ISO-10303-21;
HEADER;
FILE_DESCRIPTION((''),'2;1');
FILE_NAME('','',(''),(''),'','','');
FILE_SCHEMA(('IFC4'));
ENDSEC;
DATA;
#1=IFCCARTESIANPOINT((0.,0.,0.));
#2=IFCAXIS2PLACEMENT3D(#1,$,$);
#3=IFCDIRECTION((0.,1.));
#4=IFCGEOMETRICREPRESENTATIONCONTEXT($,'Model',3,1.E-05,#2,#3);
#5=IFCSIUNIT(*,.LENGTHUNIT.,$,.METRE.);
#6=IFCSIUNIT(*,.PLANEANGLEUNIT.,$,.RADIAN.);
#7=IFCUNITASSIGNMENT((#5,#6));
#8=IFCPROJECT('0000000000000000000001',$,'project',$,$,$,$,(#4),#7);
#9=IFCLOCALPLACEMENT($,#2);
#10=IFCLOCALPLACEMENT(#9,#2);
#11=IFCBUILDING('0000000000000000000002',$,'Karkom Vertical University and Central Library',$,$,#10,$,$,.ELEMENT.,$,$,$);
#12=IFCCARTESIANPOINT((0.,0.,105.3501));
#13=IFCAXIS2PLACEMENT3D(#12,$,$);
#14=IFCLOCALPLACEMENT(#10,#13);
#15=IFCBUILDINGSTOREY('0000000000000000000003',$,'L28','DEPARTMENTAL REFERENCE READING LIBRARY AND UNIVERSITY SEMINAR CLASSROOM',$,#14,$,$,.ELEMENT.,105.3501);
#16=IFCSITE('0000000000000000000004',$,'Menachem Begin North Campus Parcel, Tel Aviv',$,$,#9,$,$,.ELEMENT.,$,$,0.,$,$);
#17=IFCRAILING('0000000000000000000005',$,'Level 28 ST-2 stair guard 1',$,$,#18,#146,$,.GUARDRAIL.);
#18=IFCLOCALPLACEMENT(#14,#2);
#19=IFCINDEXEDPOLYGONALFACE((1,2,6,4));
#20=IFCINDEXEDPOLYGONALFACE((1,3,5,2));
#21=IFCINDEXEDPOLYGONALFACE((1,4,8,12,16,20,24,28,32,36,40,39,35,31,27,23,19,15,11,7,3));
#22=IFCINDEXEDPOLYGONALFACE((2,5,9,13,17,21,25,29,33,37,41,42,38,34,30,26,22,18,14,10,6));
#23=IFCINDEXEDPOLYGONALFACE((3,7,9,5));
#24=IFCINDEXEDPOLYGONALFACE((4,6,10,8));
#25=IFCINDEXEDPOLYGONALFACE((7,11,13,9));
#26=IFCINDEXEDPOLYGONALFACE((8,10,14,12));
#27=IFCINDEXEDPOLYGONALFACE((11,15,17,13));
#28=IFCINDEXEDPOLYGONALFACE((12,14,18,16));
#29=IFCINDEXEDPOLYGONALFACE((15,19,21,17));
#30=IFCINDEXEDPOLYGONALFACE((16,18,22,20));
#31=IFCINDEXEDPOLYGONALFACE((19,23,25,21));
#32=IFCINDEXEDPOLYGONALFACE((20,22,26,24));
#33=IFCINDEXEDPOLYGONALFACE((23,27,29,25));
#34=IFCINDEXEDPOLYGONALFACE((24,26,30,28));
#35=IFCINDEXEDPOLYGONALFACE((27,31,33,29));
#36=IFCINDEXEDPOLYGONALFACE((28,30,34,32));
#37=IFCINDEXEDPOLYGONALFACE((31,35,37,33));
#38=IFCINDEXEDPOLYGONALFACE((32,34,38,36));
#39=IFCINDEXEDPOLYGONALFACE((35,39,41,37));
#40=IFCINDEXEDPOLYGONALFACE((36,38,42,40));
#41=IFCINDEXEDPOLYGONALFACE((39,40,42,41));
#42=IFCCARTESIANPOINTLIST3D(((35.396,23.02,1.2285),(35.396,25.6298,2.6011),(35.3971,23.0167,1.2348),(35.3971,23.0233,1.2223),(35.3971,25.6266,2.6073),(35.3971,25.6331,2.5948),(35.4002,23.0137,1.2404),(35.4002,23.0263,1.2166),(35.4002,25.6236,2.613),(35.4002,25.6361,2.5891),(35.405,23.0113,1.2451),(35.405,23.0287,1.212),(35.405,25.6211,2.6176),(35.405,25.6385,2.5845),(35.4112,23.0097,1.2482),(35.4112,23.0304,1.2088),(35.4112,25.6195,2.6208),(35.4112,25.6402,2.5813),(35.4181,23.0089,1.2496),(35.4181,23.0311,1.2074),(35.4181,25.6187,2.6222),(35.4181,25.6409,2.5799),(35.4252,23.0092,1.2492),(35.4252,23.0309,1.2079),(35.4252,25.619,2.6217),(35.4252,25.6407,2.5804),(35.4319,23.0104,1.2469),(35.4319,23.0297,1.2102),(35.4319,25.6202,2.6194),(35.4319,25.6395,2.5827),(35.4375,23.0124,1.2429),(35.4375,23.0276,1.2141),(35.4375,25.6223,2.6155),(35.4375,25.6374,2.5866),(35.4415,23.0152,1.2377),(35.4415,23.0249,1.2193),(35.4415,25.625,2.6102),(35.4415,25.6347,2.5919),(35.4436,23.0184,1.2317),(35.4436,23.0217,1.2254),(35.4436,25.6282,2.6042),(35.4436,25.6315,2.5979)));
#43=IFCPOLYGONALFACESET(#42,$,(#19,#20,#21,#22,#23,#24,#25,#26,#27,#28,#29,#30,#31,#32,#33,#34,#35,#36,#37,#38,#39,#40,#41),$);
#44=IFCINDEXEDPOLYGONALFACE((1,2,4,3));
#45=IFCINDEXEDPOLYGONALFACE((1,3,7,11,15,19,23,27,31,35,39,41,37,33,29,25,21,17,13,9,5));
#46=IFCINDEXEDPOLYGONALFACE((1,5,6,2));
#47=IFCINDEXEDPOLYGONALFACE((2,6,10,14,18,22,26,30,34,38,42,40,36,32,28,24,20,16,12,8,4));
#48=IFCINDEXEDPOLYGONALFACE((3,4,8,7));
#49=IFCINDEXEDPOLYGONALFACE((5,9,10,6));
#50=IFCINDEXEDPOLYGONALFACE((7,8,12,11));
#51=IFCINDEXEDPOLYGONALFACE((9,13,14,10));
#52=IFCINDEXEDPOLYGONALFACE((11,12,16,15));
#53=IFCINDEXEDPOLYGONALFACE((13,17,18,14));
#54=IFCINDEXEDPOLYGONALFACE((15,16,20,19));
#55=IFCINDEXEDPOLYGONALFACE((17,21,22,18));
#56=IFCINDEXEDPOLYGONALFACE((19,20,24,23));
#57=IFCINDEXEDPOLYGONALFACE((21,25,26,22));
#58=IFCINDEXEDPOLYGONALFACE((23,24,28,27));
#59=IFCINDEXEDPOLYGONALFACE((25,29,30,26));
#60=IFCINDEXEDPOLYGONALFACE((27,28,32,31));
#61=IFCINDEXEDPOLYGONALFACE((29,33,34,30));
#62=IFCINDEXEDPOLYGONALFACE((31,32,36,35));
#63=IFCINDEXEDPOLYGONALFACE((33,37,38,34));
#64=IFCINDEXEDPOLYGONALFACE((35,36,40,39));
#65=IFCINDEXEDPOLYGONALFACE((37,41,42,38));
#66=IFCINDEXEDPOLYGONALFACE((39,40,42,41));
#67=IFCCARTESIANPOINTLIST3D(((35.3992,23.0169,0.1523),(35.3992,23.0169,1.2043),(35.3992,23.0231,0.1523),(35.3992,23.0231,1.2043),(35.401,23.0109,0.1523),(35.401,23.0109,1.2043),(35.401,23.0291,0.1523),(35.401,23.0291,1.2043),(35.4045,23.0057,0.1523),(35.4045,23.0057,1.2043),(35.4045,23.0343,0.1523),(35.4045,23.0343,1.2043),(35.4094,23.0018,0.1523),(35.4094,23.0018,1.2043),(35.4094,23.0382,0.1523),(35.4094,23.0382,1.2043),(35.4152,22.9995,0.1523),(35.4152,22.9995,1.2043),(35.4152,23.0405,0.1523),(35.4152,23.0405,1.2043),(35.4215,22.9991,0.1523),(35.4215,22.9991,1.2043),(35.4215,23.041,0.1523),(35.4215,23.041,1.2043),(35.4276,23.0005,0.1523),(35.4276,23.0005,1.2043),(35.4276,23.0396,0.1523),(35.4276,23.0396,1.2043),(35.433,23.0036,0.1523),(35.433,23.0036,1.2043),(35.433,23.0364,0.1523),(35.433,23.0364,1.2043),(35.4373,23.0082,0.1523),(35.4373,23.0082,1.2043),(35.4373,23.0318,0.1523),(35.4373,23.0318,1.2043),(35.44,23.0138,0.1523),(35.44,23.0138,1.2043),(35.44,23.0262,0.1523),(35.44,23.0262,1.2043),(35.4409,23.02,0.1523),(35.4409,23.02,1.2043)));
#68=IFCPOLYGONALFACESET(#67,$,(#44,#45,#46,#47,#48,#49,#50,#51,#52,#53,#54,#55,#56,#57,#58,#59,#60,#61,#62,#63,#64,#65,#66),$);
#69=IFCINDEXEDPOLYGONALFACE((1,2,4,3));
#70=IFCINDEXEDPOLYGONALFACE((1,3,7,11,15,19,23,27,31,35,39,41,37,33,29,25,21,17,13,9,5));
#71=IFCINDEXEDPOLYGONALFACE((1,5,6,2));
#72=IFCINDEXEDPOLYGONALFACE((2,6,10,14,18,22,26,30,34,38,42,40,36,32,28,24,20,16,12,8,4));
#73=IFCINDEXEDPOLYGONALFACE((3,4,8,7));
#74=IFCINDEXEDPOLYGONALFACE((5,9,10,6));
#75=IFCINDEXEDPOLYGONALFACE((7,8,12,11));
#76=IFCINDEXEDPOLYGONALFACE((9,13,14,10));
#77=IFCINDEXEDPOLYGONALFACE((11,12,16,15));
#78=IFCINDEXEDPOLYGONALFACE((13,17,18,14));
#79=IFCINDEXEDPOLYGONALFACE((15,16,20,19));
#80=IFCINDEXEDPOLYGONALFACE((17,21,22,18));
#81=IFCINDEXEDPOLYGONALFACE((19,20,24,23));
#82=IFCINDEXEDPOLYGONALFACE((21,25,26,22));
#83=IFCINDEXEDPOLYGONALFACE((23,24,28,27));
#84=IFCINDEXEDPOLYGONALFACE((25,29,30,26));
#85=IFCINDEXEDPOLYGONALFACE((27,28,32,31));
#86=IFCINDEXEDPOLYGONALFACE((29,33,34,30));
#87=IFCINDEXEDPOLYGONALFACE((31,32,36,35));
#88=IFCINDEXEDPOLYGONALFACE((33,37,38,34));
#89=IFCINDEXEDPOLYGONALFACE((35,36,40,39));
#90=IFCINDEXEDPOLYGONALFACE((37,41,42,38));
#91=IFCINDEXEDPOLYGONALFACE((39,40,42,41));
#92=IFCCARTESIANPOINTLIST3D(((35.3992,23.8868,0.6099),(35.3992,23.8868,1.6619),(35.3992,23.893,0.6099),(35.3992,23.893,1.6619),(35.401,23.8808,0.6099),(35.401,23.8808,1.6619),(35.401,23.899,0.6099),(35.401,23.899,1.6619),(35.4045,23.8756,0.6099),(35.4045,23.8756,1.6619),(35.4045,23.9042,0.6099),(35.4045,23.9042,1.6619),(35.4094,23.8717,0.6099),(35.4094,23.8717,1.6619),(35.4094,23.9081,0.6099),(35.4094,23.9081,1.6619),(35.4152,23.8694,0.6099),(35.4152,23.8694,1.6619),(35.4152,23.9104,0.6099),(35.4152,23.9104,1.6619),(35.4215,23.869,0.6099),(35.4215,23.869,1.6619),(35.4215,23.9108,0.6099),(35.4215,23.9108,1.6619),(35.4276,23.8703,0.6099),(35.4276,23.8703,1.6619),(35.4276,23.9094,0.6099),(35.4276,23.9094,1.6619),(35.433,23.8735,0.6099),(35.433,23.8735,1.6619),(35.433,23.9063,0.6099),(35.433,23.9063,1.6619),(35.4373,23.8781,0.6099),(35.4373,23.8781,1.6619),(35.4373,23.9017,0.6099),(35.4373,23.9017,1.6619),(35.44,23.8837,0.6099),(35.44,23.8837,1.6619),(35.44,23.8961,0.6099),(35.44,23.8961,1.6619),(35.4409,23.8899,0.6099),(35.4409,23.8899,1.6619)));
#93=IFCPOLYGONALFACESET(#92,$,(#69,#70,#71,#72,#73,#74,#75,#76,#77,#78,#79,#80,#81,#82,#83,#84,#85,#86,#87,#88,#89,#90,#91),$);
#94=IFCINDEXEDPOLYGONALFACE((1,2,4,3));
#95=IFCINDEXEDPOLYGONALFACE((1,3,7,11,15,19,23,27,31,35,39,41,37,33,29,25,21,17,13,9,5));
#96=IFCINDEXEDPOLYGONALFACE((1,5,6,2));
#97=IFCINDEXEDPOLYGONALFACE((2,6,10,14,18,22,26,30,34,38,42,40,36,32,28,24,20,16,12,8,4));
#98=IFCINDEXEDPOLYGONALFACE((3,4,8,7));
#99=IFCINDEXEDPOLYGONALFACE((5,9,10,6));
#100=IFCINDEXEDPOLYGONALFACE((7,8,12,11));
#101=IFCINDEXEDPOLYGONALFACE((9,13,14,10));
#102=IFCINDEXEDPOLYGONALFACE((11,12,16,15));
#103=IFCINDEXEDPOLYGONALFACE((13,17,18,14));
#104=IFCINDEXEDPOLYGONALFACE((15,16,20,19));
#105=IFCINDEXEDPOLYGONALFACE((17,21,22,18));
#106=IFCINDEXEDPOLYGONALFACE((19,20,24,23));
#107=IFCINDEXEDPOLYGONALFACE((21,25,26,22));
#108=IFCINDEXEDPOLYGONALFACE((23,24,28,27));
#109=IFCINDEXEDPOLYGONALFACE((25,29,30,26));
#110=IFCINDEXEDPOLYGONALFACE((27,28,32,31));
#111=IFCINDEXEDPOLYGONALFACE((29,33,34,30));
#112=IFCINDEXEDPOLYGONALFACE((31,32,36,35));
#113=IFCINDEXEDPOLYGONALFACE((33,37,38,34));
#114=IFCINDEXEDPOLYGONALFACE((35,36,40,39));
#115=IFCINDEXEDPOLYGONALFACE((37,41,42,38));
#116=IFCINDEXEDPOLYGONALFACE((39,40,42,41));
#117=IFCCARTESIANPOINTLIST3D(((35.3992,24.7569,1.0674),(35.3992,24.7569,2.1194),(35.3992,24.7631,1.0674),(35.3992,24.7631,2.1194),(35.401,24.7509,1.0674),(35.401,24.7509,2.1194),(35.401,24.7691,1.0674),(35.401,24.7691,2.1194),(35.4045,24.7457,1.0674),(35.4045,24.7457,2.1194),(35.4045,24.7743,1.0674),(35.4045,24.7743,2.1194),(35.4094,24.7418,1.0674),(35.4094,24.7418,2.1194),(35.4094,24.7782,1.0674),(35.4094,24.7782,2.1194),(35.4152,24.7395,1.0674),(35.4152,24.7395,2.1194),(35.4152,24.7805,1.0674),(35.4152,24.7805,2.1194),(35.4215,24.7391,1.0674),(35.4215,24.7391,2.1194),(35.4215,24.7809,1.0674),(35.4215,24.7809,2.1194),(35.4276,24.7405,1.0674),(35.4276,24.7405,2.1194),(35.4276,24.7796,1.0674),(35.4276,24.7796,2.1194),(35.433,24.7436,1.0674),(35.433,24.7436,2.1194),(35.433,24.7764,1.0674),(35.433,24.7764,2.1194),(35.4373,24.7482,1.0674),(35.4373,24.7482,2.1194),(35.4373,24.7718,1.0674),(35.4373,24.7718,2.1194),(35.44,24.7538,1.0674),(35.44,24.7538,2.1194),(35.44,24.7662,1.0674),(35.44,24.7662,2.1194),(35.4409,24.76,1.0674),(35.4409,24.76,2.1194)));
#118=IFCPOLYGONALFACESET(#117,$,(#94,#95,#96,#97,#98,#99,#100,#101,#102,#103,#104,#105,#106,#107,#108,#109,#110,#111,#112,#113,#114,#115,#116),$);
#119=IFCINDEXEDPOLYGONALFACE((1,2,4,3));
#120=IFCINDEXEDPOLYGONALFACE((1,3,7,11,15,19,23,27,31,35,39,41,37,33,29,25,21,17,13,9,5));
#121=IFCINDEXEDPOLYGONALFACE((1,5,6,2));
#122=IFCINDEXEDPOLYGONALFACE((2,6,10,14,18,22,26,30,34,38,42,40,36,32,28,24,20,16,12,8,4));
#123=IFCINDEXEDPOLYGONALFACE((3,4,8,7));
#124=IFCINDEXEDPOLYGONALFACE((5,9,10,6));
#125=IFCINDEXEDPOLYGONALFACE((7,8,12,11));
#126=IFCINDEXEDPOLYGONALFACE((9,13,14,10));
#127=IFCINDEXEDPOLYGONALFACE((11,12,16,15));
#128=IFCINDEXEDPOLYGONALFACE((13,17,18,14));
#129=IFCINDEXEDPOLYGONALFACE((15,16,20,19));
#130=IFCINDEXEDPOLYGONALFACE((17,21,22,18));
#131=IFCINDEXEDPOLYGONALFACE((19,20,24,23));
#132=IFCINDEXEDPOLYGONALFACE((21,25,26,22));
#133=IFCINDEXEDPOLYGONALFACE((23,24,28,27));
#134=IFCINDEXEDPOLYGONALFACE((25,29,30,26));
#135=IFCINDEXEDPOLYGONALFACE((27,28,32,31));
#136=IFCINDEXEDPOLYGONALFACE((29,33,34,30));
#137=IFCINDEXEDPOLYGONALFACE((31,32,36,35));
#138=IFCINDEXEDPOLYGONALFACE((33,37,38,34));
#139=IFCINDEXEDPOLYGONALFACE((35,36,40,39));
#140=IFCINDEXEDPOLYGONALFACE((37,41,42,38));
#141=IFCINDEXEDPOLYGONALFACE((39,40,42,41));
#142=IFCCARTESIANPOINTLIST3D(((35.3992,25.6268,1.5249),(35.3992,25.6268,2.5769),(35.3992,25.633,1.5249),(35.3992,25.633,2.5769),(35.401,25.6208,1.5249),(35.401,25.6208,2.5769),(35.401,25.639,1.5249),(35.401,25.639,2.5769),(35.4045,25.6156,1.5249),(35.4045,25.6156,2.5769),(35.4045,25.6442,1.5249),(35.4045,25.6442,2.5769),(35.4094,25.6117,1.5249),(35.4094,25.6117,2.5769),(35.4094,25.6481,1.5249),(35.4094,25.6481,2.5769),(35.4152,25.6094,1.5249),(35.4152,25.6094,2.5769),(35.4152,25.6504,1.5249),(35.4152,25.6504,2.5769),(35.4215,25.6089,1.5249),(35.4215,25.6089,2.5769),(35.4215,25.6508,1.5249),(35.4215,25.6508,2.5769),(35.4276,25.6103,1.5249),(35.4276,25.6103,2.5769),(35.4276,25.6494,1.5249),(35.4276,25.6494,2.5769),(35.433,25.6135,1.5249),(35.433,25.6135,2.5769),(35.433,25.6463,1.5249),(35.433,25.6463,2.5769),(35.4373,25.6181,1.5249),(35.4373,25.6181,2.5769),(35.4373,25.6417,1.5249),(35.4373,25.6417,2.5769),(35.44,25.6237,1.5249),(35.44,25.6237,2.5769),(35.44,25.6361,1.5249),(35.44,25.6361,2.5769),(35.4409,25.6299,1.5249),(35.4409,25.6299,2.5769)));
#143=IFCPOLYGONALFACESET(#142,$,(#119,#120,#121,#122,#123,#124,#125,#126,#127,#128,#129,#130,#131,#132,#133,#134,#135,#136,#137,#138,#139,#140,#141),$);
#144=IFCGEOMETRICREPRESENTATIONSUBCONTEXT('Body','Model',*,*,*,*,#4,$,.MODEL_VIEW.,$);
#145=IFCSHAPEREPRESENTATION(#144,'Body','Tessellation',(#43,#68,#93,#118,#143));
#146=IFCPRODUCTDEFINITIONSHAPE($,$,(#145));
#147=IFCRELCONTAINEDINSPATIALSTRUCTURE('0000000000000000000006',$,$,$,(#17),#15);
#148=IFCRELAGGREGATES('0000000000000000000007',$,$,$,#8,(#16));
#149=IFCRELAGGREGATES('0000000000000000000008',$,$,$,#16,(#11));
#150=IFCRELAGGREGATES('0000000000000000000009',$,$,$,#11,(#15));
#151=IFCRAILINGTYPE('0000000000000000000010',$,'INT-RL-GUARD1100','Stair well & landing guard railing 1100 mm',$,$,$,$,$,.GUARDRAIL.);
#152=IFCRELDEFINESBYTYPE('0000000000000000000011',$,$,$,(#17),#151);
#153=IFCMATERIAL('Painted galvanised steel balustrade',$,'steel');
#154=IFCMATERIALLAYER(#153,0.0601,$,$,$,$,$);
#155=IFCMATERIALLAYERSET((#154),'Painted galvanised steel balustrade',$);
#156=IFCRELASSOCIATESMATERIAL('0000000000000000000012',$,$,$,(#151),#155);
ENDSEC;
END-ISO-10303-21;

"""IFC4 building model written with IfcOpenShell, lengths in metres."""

from ifc_helpers import new_model, si_unit, direction, frame, origin, origin_2d, place, context, subcontext, project, spatial, circle, extrude, material, layer, layer_set, type_object, element, save


model = new_model("IFC4")

# Units and contexts
model_context = context("Model", 3, precision=1e-05, world=origin(), true_north=direction((0.0, 1.0)))
body_context = subcontext(model_context, "Body", "Model", "MODEL_VIEW")
ifc_project = project(units=[si_unit("LENGTHUNIT", "METRE"), si_unit("PLANEANGLEUNIT", "RADIAN")], contexts=[model_context])

# Site, building, storey
site_placement = place(None, origin())
site = spatial("IfcSite", under=ifc_project, at=site_placement, Name="Menachem Begin North Campus Parcel, Tel Aviv", CompositionType="ELEMENT", RefElevation=0.0)
building_placement = place(site_placement, origin())
building = spatial("IfcBuilding", under=site, at=building_placement, Name="Karkom Vertical University and Central Library", CompositionType="ELEMENT")
storey_placement = place(building_placement, frame((0.0, 0.0, 105.3501)))
storey = spatial("IfcBuildingStorey", under=building, at=storey_placement, Name="L28", Description="DEPARTMENTAL REFERENCE READING LIBRARY AND UNIVERSITY SEMINAR CLASSROOM", CompositionType="ELEMENT", Elevation=105.3501)

# Railing
ifc_material_1 = material(Name="Painted galvanised steel balustrade", Category="steel")
ifc_layer_1 = layer(ifc_material_1, 0.0601)
ifc_layer_set_1 = layer_set([ifc_layer_1], Name="Painted galvanised steel balustrade")
railing_type_1 = type_object("IfcRailingType", Name="INT-RL-GUARD1100", Description="Stair well & landing guard railing 1100 mm", PredefinedType="GUARDRAIL", material=ifc_layer_set_1)
railing_1_placement = place(storey_placement, frame((35.4199, 23.02, 0.1523)))
element("IfcRailing", 1, at=railing_1_placement, inside=storey, type_object=railing_type_1, Name="Level 28 ST-2 stair guard 1", PredefinedType="GUARDRAIL", context=body_context, shape_type="SweptSolid", body=[
    extrude(circle(Radius=0.0239, at=origin_2d()), frame((0.0, 0.0, 1.0762), z_axis=(0.0, 0.885065, 0.465467), x_axis=(-1.0, 0.0, 0.0)), (0.0, 0.0, 1.0), 2.9487),
    extrude(circle(Radius=0.021, at=origin_2d()), origin(), (0.0, 0.0, 1.0), 1.052),
    extrude(circle(Radius=0.021, at=origin_2d()), frame((0.0, 0.8699, 0.4575)), (0.0, 0.0, 1.0), 1.052),
    extrude(circle(Radius=0.021, at=origin_2d()), frame((0.0, 1.74, 0.915)), (0.0, 0.0, 1.0), 1.052),
    extrude(circle(Radius=0.021, at=origin_2d()), frame((0.0, 2.6099, 1.3726)), (0.0, 0.0, 1.0), 1.052),
])

save(model, "model.ifc")
